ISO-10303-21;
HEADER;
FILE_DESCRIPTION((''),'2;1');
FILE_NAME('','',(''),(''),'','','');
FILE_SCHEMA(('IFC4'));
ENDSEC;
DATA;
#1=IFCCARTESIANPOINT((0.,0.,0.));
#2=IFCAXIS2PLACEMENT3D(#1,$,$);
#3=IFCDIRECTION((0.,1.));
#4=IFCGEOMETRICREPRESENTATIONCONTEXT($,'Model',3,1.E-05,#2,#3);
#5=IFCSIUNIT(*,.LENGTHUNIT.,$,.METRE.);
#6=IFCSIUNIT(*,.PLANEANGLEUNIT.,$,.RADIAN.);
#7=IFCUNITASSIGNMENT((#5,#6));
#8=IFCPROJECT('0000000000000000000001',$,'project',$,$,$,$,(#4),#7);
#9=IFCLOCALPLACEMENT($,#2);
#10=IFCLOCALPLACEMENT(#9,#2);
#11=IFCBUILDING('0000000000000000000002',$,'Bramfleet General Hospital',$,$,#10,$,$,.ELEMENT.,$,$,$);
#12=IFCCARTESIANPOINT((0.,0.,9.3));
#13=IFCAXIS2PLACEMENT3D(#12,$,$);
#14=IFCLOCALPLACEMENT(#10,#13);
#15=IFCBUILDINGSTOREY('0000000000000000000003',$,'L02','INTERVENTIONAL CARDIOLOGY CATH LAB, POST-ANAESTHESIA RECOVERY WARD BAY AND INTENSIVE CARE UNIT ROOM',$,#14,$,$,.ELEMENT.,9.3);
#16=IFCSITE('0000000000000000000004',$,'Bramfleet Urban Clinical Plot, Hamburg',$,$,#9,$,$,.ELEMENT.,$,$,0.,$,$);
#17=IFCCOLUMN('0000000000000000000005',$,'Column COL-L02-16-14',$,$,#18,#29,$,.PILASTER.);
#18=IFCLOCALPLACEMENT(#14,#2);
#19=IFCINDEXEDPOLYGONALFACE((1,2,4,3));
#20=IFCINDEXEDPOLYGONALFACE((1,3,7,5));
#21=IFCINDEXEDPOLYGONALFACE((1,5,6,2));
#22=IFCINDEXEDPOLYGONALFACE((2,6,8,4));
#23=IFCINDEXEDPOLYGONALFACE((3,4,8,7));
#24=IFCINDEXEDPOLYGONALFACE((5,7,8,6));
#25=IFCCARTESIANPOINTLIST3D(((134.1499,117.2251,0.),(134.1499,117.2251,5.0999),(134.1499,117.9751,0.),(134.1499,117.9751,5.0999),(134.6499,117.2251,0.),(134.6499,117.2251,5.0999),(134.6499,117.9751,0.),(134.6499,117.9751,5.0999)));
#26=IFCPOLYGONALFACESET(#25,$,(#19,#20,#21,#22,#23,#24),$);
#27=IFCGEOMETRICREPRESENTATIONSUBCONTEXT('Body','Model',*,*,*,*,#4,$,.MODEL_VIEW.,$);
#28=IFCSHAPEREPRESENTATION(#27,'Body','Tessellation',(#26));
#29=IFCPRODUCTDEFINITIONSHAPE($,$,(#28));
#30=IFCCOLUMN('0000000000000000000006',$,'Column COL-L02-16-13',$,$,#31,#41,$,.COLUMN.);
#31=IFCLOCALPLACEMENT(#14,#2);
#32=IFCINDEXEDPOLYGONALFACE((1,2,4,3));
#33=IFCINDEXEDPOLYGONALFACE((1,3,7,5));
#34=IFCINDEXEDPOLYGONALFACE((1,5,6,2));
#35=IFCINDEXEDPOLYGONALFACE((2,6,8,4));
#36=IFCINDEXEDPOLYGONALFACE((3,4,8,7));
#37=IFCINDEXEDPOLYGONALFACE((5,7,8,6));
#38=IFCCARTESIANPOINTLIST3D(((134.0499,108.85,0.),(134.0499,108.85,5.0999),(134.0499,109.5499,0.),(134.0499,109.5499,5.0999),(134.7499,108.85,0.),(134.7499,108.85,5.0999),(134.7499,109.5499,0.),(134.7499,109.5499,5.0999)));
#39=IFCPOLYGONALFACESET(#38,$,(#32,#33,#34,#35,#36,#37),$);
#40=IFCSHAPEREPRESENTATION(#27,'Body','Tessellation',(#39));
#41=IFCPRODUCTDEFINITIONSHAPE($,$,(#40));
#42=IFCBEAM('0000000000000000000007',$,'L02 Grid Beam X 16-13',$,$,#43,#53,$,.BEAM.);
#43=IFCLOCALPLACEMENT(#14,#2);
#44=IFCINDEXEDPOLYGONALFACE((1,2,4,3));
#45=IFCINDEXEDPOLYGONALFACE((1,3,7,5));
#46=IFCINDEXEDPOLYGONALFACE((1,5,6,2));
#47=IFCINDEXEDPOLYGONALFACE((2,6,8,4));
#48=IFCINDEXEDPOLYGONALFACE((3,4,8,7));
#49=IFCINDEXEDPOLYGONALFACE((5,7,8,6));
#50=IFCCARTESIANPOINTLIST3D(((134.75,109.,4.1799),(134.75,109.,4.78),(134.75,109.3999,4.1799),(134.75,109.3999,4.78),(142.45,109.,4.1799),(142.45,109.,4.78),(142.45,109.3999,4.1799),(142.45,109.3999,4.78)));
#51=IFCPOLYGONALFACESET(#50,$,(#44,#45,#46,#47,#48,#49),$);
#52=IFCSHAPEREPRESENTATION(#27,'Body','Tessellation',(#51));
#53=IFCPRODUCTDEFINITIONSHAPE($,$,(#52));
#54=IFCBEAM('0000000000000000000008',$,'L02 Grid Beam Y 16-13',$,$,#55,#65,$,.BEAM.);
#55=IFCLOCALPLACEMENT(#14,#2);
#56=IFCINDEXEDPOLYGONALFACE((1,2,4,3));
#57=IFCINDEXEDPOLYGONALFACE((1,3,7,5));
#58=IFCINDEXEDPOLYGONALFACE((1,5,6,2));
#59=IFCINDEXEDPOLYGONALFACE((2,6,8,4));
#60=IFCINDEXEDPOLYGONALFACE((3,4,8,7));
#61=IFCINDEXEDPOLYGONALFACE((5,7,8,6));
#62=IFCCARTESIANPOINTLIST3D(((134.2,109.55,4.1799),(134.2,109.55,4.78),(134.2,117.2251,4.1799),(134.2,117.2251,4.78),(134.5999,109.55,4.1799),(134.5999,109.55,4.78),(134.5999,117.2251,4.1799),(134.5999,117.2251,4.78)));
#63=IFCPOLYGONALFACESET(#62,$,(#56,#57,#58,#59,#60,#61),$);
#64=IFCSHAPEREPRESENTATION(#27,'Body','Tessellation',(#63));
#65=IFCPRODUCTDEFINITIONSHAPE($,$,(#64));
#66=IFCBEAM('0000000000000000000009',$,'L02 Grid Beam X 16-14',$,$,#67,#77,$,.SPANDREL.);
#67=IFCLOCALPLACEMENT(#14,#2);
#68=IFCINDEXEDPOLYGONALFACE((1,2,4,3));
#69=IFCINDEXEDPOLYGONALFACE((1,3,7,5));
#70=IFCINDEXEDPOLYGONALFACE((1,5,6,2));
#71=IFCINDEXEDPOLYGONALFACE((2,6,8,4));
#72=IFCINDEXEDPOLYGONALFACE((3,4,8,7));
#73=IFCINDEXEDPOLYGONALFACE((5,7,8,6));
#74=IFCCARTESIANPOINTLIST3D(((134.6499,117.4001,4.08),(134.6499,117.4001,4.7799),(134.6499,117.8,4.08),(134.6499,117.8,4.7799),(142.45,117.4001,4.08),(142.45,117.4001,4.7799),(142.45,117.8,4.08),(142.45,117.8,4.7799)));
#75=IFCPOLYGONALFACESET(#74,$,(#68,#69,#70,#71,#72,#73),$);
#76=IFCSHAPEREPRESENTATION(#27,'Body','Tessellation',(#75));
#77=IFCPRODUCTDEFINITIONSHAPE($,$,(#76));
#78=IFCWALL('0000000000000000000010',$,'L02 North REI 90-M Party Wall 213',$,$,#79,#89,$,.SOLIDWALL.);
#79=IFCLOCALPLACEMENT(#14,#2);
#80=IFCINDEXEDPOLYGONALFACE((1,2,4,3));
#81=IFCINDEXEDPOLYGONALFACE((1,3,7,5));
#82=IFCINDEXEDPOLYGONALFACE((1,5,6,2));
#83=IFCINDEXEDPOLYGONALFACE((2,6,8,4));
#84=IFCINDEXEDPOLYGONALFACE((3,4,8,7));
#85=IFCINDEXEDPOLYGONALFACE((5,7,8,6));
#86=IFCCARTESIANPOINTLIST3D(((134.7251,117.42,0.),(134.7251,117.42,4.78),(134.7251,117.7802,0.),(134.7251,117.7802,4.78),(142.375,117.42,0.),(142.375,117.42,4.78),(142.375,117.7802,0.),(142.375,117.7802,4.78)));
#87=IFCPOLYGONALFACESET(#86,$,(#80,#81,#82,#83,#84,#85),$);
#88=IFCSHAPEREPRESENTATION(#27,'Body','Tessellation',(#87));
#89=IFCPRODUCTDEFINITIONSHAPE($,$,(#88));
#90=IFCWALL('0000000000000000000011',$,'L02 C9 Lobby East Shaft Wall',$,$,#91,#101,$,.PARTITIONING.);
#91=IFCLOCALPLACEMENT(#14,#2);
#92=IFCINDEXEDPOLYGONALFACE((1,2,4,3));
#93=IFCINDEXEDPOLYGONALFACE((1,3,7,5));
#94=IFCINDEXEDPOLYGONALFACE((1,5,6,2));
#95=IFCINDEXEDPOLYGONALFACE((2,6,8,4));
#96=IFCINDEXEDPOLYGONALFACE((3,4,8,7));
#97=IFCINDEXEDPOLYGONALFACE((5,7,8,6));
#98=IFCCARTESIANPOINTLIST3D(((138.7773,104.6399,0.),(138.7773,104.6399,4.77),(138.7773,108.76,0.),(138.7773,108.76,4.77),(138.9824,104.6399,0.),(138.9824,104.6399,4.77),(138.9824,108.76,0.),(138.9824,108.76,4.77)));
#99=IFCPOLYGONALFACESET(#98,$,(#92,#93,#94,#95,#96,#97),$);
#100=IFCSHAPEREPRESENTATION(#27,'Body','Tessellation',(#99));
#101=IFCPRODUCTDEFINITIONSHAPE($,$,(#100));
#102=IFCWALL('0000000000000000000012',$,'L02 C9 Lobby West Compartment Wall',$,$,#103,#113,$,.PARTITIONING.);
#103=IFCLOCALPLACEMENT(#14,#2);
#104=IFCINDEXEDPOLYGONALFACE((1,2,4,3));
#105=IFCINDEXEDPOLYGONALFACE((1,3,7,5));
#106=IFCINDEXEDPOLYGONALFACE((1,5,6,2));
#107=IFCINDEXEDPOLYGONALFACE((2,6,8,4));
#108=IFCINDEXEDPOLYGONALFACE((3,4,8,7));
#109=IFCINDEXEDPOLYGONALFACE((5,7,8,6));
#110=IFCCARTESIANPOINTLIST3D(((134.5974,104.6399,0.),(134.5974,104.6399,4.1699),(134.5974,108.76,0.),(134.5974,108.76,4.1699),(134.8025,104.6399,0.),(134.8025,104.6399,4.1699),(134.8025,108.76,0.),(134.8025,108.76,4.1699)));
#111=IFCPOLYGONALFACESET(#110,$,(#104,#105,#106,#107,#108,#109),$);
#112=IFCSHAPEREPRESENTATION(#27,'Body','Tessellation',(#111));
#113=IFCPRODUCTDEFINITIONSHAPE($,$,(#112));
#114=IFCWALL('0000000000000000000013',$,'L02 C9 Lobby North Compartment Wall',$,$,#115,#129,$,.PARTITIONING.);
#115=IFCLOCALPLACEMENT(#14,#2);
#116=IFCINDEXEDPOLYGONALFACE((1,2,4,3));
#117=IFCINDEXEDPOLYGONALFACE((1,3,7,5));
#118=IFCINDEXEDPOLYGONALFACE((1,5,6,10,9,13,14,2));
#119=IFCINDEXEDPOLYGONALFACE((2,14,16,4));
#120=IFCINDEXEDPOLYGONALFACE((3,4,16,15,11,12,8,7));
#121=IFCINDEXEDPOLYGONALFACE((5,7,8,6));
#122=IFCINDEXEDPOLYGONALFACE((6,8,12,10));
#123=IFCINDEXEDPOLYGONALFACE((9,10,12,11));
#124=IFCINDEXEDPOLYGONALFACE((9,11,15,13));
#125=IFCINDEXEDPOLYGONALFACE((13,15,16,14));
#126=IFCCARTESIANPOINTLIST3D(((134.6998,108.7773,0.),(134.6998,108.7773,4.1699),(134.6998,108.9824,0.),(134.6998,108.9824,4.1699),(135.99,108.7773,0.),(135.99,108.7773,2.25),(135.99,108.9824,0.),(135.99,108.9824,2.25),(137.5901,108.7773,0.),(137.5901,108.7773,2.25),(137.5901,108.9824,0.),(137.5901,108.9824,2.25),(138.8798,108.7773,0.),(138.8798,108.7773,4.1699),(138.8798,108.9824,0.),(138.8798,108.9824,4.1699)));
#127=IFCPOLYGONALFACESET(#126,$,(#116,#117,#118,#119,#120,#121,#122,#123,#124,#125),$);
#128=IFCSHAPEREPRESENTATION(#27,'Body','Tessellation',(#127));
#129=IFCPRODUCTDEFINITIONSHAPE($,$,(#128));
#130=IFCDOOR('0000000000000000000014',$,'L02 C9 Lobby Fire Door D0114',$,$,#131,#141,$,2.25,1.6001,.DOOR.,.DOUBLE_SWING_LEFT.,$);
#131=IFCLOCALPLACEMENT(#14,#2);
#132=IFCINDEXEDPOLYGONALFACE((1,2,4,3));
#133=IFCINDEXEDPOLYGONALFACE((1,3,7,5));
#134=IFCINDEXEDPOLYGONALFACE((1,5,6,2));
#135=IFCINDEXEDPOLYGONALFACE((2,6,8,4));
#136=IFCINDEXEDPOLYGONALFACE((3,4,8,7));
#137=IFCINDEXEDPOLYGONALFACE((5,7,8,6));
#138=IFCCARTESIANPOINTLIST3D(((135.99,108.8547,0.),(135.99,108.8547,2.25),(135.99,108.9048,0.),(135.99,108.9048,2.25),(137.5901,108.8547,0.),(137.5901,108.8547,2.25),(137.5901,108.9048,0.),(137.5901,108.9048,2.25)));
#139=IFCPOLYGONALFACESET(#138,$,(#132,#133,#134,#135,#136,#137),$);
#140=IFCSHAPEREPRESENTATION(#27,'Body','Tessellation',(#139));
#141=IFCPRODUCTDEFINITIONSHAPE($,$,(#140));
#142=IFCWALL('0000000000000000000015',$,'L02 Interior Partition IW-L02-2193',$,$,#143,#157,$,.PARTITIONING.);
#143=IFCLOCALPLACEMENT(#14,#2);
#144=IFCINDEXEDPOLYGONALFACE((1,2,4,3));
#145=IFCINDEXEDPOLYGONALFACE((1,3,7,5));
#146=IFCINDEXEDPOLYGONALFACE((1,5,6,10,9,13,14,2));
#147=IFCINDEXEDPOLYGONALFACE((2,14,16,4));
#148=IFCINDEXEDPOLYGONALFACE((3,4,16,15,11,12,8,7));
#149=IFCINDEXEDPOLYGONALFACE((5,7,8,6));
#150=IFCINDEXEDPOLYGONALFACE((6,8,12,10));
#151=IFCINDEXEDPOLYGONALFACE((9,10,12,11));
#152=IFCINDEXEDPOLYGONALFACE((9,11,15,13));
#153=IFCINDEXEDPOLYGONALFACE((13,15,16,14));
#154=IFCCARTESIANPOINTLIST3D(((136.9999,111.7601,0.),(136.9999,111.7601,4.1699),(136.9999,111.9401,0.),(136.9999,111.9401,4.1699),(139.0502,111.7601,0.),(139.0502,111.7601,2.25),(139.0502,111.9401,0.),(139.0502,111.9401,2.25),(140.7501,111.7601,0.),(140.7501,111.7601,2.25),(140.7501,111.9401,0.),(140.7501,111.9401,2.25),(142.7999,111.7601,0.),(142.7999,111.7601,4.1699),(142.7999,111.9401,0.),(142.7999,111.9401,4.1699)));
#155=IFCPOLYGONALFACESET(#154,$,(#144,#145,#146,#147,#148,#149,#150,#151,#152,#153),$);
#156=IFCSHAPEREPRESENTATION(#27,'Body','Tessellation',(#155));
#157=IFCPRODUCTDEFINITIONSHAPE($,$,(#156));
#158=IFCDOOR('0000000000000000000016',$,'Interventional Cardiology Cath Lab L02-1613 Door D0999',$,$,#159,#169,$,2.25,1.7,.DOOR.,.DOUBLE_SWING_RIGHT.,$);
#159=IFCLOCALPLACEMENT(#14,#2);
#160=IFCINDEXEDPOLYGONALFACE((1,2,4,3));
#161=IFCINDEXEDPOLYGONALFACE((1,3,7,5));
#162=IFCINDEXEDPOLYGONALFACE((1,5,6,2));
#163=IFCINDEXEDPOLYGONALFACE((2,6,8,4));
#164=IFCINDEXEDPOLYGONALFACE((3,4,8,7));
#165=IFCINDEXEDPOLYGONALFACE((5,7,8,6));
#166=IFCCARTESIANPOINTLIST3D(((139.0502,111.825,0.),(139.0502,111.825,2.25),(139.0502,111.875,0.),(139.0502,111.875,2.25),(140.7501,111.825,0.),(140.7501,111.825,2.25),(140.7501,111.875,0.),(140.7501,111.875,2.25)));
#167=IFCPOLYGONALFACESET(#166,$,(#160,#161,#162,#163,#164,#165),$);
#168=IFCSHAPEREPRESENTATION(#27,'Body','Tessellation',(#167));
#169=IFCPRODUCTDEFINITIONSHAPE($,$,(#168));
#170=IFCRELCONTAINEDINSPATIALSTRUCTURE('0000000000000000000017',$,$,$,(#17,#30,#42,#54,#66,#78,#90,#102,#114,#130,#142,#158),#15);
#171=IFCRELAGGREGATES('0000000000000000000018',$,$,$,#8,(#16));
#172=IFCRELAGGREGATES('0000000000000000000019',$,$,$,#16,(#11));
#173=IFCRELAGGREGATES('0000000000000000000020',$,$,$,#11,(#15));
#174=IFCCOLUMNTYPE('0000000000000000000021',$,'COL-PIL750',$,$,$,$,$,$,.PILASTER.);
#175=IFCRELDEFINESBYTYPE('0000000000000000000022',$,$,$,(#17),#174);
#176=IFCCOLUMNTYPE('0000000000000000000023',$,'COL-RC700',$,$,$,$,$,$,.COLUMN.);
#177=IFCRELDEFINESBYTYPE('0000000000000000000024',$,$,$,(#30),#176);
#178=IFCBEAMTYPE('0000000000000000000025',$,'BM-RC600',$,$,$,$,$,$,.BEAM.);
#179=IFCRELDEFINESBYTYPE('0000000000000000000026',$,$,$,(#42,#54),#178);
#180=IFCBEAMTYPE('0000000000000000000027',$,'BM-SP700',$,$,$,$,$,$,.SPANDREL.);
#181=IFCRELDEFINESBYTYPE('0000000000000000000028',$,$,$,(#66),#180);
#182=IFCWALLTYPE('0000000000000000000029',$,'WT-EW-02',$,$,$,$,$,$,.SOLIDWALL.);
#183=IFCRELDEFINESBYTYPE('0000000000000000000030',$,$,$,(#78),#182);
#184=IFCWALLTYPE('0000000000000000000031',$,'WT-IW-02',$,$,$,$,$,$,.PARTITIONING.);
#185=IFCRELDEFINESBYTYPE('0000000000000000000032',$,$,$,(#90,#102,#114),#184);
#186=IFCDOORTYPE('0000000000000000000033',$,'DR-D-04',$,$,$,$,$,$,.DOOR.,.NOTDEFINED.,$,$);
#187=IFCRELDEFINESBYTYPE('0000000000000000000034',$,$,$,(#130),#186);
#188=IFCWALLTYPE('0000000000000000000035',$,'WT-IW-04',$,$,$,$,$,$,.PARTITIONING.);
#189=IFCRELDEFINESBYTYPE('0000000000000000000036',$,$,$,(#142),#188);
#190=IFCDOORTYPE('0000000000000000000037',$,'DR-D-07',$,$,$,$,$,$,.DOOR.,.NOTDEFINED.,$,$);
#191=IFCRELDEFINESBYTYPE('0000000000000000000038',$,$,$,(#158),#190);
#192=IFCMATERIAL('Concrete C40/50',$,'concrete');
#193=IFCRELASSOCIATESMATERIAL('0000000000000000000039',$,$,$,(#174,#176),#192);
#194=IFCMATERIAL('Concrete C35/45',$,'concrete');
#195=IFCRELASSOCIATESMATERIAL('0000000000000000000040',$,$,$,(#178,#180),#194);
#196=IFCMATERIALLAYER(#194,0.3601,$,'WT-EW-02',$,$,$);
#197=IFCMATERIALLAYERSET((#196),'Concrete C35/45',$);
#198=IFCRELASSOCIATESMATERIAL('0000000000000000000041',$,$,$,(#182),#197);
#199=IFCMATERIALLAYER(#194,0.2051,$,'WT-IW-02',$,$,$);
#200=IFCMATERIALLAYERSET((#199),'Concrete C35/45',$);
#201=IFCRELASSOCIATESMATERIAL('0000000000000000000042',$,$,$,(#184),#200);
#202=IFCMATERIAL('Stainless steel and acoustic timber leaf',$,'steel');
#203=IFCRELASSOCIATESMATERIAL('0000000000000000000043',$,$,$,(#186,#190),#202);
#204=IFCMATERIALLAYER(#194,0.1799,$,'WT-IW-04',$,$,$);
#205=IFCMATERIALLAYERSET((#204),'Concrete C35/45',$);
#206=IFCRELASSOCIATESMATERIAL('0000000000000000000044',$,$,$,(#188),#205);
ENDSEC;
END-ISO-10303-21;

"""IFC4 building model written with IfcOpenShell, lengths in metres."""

from ifc_helpers import new_model, si_unit, direction, frame, frame_2d, origin, origin_2d, place, context, subcontext, project, spatial, rectangle, extrude, material, layer, layer_set, material_profile, profile_set, type_object, element, fill, save


model = new_model("IFC4")

# Units and contexts
model_context = context("Model", 3, precision=1e-05, world=origin(), true_north=direction((0.0, 1.0)))
body_context = subcontext(model_context, "Body", "Model", "MODEL_VIEW")
ifc_project = project(units=[si_unit("LENGTHUNIT", "METRE"), si_unit("PLANEANGLEUNIT", "RADIAN")], contexts=[model_context])

# Site, building, storey
site_placement = place(None, origin())
site = spatial("IfcSite", under=ifc_project, at=site_placement, Name="Bramfleet Urban Clinical Plot, Hamburg", CompositionType="ELEMENT", RefElevation=0.0)
building_placement = place(site_placement, origin())
building = spatial("IfcBuilding", under=site, at=building_placement, Name="Bramfleet General Hospital", CompositionType="ELEMENT")
storey_placement = place(building_placement, frame((0.0, 0.0, 9.3)))
storey = spatial("IfcBuildingStorey", under=building, at=storey_placement, Name="L02", Description="INTERVENTIONAL CARDIOLOGY CATH LAB, POST-ANAESTHESIA RECOVERY WARD BAY AND INTENSIVE CARE UNIT ROOM", CompositionType="ELEMENT", Elevation=9.3)

# Columns
ifc_material_1 = material(Name="Concrete C40/50", Category="concrete")
ifc_material_profile_1 = material_profile(ifc_material_1, rectangle(XDim=0.5, YDim=0.75, at=origin_2d()), Name="RC PIL 750x500")
ifc_profile_set_1 = profile_set([ifc_material_profile_1], Name="Concrete C40/50")
column_type_1 = type_object("IfcColumnType", Name="COL-PIL750", PredefinedType="PILASTER", material=ifc_profile_set_1)
column_1_placement = place(storey_placement, frame((134.3999, 117.6001, 0.0), z_axis=(0.0, 0.0, 1.0), x_axis=(1.0, 0.0, 0.0)))
element("IfcColumn", 1, at=column_1_placement, inside=storey, type_object=column_type_1, Name="Column COL-L02-16-14", PredefinedType="PILASTER", context=body_context, shape_type="SweptSolid", body=[
    extrude(rectangle(XDim=0.5, YDim=0.75, at=origin_2d()), origin(), (0.0, 0.0, 1.0), 5.0999),
])
ifc_material_profile_2 = material_profile(ifc_material_1, rectangle(XDim=0.7, YDim=0.7, at=origin_2d()), Name="RC COL 700x700")
ifc_profile_set_2 = profile_set([ifc_material_profile_2], Name="Concrete C40/50")
column_type_2 = type_object("IfcColumnType", Name="COL-RC700", PredefinedType="COLUMN", material=ifc_profile_set_2)
column_2_placement = place(storey_placement, frame((134.3999, 109.2, 0.0), z_axis=(0.0, 0.0, 1.0), x_axis=(1.0, 0.0, 0.0)))
element("IfcColumn", 2, at=column_2_placement, inside=storey, type_object=column_type_2, Name="Column COL-L02-16-13", PredefinedType="COLUMN", context=body_context, shape_type="SweptSolid", body=[
    extrude(rectangle(XDim=0.7, YDim=0.7, at=origin_2d()), origin(), (0.0, 0.0, 1.0), 5.0999),
])

# Beams
ifc_material_2 = material(Name="Concrete C35/45", Category="concrete")
ifc_material_profile_3 = material_profile(ifc_material_2, rectangle(XDim=0.3999, YDim=0.6001, at=origin_2d()), Name="RC BM 600x400")
ifc_profile_set_3 = profile_set([ifc_material_profile_3], Name="Concrete C35/45")
beam_type_1 = type_object("IfcBeamType", Name="BM-RC600", PredefinedType="BEAM", material=ifc_profile_set_3)
beam_1_placement = place(storey_placement, frame((134.75, 109.2, 4.48), z_axis=(1.0, 0.0, 0.0), x_axis=(0.0, 1.0, 0.0)))
element("IfcBeam", 3, at=beam_1_placement, inside=storey, type_object=beam_type_1, Name="L02 Grid Beam X 16-13", PredefinedType="BEAM", context=body_context, shape_type="SweptSolid", body=[
    extrude(rectangle(XDim=0.3999, YDim=0.6001, at=origin_2d()), origin(), (0.0, 0.0, 1.0), 7.7),
])
beam_2_placement = place(storey_placement, frame((134.3999, 109.55, 4.48), z_axis=(0.0, 1.0, 0.0), x_axis=(-1.0, 0.0, 0.0)))
element("IfcBeam", 4, at=beam_2_placement, inside=storey, type_object=beam_type_1, Name="L02 Grid Beam Y 16-13", PredefinedType="BEAM", context=body_context, shape_type="SweptSolid", body=[
    extrude(rectangle(XDim=0.3999, YDim=0.6001, at=origin_2d()), origin(), (0.0, 0.0, 1.0), 7.675),
])
ifc_material_profile_4 = material_profile(ifc_material_2, rectangle(XDim=0.3999, YDim=0.7, at=origin_2d()), Name="RC SP 700x400")
ifc_profile_set_4 = profile_set([ifc_material_profile_4], Name="Concrete C35/45")
beam_type_2 = type_object("IfcBeamType", Name="BM-SP700", PredefinedType="SPANDREL", material=ifc_profile_set_4)
beam_3_placement = place(storey_placement, frame((134.6499, 117.6001, 4.4299), z_axis=(1.0, 0.0, 0.0), x_axis=(0.0, 1.0, 0.0)))
element("IfcBeam", 5, at=beam_3_placement, inside=storey, type_object=beam_type_2, Name="L02 Grid Beam X 16-14", PredefinedType="SPANDREL", context=body_context, shape_type="SweptSolid", body=[
    extrude(rectangle(XDim=0.3999, YDim=0.7, at=origin_2d()), origin(), (0.0, 0.0, 1.0), 7.8),
])

# Walls
ifc_layer_1 = layer(ifc_material_2, 0.3601, Name="WT-EW-02")
ifc_layer_set_1 = layer_set([ifc_layer_1], Name="Concrete C35/45")
wall_type_1 = type_object("IfcWallType", Name="WT-EW-02", PredefinedType="SOLIDWALL", material=ifc_layer_set_1)
wall_1_placement = place(storey_placement, frame((134.7251, 117.6001, 0.0), z_axis=(0.0, 0.0, 1.0), x_axis=(1.0, 0.0, 0.0)))
element("IfcWall", 6, at=wall_1_placement, inside=storey, type_object=wall_type_1, Name="L02 North REI 90-M Party Wall 213", PredefinedType="SOLIDWALL", context=body_context, shape_type="SweptSolid", body=[
    extrude(rectangle(XDim=7.6499, YDim=0.3601, at=frame_2d((3.825, 0.0))), origin(), (0.0, 0.0, 1.0), 4.78),
])
ifc_layer_2 = layer(ifc_material_2, 0.2051, Name="WT-IW-02")
ifc_layer_set_2 = layer_set([ifc_layer_2], Name="Concrete C35/45")
wall_type_2 = type_object("IfcWallType", Name="WT-IW-02", PredefinedType="PARTITIONING", material=ifc_layer_set_2)
wall_2_placement = place(storey_placement, frame((138.8799, 104.6399, 0.0), z_axis=(0.0, 0.0, 1.0), x_axis=(0.0, 1.0, 0.0)))
element("IfcWall", 7, at=wall_2_placement, inside=storey, type_object=wall_type_2, Name="L02 C9 Lobby East Shaft Wall", PredefinedType="PARTITIONING", context=body_context, shape_type="SweptSolid", body=[
    extrude(rectangle(XDim=4.1201, YDim=0.2051, at=frame_2d((2.0601, 0.0))), origin(), (0.0, 0.0, 1.0), 4.77),
])
wall_3_placement = place(storey_placement, frame((134.7, 104.6399, 0.0), z_axis=(0.0, 0.0, 1.0), x_axis=(0.0, 1.0, 0.0)))
element("IfcWall", 8, at=wall_3_placement, inside=storey, type_object=wall_type_2, Name="L02 C9 Lobby West Compartment Wall", PredefinedType="PARTITIONING", context=body_context, shape_type="SweptSolid", body=[
    extrude(rectangle(XDim=4.1201, YDim=0.2051, at=frame_2d((2.0601, 0.0))), origin(), (0.0, 0.0, 1.0), 4.1699),
])

# Walls, openings, doors
wall_4_placement = place(storey_placement, frame((134.7, 108.8799, 0.0), z_axis=(0.0, 0.0, 1.0), x_axis=(1.0, 0.0, 0.0)))
wall_4 = element("IfcWall", 9, at=wall_4_placement, inside=storey, type_object=wall_type_2, Name="L02 C9 Lobby North Compartment Wall", PredefinedType="PARTITIONING", context=body_context, shape_type="SweptSolid", body=[
    extrude(rectangle(XDim=4.1799, YDim=0.2051, at=frame_2d((2.0898, 0.0))), origin(), (0.0, 0.0, 1.0), 4.1699),
])
opening_1_placement = place(wall_4_placement, frame((1.29, 0.0, 0.0)))
opening_1 = element("IfcOpeningElement", 10, at=opening_1_placement, cuts=wall_4, PredefinedType="OPENING", context=body_context, shape_type="SweptSolid", body=[
    extrude(rectangle(XDim=1.6001, YDim=2.25, at=frame_2d((0.8, 1.125))), frame((0.0, 0.1125, 0.0), z_axis=(0.0, -1.0, 0.0), x_axis=(1.0, 0.0, 0.0)), (0.0, 0.0, 1.0), 0.2251),
])
ifc_material_3 = material(Name="Stainless steel and acoustic timber leaf", Category="steel")
door_type_1 = type_object("IfcDoorType", Name="DR-D-04", OperationType="NOTDEFINED", PredefinedType="DOOR", material=ifc_material_3)
door_1_placement = place(opening_1_placement, origin())
door_1 = element("IfcDoor", 11, at=door_1_placement, inside=storey, type_object=door_type_1, Name="L02 C9 Lobby Fire Door D0114", OperationType="DOUBLE_SWING_LEFT", OverallHeight=2.25, OverallWidth=1.6001, PredefinedType="DOOR", context=body_context, shape_type="SweptSolid", body=[
    extrude(rectangle(XDim=1.6001, YDim=2.25, at=frame_2d((0.8, 1.125))), frame((0.0, 0.0249, 0.0), z_axis=(0.0, -1.0, 0.0), x_axis=(1.0, 0.0, 0.0)), (0.0, 0.0, 1.0), 0.05),
])
fill(opening_1, door_1)
ifc_layer_3 = layer(ifc_material_2, 0.1799, Name="WT-IW-04")
ifc_layer_set_3 = layer_set([ifc_layer_3], Name="Concrete C35/45")
wall_type_3 = type_object("IfcWallType", Name="WT-IW-04", PredefinedType="PARTITIONING", material=ifc_layer_set_3)
wall_5_placement = place(storey_placement, frame((137.0, 111.8501, 0.0), z_axis=(0.0, 0.0, 1.0), x_axis=(1.0, 0.0, 0.0)))
wall_5 = element("IfcWall", 12, at=wall_5_placement, inside=storey, type_object=wall_type_3, Name="L02 Interior Partition IW-L02-2193", PredefinedType="PARTITIONING", context=body_context, shape_type="SweptSolid", body=[
    extrude(rectangle(XDim=5.8, YDim=0.1799, at=frame_2d((2.8999, 0.0))), origin(), (0.0, 0.0, 1.0), 4.1699),
])
opening_2_placement = place(wall_5_placement, frame((2.05, 0.0, 0.0)))
opening_2 = element("IfcOpeningElement", 13, at=opening_2_placement, cuts=wall_5, PredefinedType="OPENING", context=body_context, shape_type="SweptSolid", body=[
    extrude(rectangle(XDim=1.7, YDim=2.25, at=frame_2d((0.8501, 1.125))), frame((0.0, 0.0999, 0.0), z_axis=(0.0, -1.0, 0.0), x_axis=(1.0, 0.0, 0.0)), (0.0, 0.0, 1.0), 0.2),
])
door_type_2 = type_object("IfcDoorType", Name="DR-D-07", OperationType="NOTDEFINED", PredefinedType="DOOR", material=ifc_material_3)
door_2_placement = place(opening_2_placement, origin())
door_2 = element("IfcDoor", 14, at=door_2_placement, inside=storey, type_object=door_type_2, Name="Interventional Cardiology Cath Lab L02-1613 Door D0999", OperationType="DOUBLE_SWING_RIGHT", OverallHeight=2.25, OverallWidth=1.7, PredefinedType="DOOR", context=body_context, shape_type="SweptSolid", body=[
    extrude(rectangle(XDim=1.7, YDim=2.25, at=frame_2d((0.8501, 1.125))), frame((0.0, 0.0249, 0.0), z_axis=(0.0, -1.0, 0.0), x_axis=(1.0, 0.0, 0.0)), (0.0, 0.0, 1.0), 0.05),
])
fill(opening_2, door_2)

save(model, "model.ifc")
